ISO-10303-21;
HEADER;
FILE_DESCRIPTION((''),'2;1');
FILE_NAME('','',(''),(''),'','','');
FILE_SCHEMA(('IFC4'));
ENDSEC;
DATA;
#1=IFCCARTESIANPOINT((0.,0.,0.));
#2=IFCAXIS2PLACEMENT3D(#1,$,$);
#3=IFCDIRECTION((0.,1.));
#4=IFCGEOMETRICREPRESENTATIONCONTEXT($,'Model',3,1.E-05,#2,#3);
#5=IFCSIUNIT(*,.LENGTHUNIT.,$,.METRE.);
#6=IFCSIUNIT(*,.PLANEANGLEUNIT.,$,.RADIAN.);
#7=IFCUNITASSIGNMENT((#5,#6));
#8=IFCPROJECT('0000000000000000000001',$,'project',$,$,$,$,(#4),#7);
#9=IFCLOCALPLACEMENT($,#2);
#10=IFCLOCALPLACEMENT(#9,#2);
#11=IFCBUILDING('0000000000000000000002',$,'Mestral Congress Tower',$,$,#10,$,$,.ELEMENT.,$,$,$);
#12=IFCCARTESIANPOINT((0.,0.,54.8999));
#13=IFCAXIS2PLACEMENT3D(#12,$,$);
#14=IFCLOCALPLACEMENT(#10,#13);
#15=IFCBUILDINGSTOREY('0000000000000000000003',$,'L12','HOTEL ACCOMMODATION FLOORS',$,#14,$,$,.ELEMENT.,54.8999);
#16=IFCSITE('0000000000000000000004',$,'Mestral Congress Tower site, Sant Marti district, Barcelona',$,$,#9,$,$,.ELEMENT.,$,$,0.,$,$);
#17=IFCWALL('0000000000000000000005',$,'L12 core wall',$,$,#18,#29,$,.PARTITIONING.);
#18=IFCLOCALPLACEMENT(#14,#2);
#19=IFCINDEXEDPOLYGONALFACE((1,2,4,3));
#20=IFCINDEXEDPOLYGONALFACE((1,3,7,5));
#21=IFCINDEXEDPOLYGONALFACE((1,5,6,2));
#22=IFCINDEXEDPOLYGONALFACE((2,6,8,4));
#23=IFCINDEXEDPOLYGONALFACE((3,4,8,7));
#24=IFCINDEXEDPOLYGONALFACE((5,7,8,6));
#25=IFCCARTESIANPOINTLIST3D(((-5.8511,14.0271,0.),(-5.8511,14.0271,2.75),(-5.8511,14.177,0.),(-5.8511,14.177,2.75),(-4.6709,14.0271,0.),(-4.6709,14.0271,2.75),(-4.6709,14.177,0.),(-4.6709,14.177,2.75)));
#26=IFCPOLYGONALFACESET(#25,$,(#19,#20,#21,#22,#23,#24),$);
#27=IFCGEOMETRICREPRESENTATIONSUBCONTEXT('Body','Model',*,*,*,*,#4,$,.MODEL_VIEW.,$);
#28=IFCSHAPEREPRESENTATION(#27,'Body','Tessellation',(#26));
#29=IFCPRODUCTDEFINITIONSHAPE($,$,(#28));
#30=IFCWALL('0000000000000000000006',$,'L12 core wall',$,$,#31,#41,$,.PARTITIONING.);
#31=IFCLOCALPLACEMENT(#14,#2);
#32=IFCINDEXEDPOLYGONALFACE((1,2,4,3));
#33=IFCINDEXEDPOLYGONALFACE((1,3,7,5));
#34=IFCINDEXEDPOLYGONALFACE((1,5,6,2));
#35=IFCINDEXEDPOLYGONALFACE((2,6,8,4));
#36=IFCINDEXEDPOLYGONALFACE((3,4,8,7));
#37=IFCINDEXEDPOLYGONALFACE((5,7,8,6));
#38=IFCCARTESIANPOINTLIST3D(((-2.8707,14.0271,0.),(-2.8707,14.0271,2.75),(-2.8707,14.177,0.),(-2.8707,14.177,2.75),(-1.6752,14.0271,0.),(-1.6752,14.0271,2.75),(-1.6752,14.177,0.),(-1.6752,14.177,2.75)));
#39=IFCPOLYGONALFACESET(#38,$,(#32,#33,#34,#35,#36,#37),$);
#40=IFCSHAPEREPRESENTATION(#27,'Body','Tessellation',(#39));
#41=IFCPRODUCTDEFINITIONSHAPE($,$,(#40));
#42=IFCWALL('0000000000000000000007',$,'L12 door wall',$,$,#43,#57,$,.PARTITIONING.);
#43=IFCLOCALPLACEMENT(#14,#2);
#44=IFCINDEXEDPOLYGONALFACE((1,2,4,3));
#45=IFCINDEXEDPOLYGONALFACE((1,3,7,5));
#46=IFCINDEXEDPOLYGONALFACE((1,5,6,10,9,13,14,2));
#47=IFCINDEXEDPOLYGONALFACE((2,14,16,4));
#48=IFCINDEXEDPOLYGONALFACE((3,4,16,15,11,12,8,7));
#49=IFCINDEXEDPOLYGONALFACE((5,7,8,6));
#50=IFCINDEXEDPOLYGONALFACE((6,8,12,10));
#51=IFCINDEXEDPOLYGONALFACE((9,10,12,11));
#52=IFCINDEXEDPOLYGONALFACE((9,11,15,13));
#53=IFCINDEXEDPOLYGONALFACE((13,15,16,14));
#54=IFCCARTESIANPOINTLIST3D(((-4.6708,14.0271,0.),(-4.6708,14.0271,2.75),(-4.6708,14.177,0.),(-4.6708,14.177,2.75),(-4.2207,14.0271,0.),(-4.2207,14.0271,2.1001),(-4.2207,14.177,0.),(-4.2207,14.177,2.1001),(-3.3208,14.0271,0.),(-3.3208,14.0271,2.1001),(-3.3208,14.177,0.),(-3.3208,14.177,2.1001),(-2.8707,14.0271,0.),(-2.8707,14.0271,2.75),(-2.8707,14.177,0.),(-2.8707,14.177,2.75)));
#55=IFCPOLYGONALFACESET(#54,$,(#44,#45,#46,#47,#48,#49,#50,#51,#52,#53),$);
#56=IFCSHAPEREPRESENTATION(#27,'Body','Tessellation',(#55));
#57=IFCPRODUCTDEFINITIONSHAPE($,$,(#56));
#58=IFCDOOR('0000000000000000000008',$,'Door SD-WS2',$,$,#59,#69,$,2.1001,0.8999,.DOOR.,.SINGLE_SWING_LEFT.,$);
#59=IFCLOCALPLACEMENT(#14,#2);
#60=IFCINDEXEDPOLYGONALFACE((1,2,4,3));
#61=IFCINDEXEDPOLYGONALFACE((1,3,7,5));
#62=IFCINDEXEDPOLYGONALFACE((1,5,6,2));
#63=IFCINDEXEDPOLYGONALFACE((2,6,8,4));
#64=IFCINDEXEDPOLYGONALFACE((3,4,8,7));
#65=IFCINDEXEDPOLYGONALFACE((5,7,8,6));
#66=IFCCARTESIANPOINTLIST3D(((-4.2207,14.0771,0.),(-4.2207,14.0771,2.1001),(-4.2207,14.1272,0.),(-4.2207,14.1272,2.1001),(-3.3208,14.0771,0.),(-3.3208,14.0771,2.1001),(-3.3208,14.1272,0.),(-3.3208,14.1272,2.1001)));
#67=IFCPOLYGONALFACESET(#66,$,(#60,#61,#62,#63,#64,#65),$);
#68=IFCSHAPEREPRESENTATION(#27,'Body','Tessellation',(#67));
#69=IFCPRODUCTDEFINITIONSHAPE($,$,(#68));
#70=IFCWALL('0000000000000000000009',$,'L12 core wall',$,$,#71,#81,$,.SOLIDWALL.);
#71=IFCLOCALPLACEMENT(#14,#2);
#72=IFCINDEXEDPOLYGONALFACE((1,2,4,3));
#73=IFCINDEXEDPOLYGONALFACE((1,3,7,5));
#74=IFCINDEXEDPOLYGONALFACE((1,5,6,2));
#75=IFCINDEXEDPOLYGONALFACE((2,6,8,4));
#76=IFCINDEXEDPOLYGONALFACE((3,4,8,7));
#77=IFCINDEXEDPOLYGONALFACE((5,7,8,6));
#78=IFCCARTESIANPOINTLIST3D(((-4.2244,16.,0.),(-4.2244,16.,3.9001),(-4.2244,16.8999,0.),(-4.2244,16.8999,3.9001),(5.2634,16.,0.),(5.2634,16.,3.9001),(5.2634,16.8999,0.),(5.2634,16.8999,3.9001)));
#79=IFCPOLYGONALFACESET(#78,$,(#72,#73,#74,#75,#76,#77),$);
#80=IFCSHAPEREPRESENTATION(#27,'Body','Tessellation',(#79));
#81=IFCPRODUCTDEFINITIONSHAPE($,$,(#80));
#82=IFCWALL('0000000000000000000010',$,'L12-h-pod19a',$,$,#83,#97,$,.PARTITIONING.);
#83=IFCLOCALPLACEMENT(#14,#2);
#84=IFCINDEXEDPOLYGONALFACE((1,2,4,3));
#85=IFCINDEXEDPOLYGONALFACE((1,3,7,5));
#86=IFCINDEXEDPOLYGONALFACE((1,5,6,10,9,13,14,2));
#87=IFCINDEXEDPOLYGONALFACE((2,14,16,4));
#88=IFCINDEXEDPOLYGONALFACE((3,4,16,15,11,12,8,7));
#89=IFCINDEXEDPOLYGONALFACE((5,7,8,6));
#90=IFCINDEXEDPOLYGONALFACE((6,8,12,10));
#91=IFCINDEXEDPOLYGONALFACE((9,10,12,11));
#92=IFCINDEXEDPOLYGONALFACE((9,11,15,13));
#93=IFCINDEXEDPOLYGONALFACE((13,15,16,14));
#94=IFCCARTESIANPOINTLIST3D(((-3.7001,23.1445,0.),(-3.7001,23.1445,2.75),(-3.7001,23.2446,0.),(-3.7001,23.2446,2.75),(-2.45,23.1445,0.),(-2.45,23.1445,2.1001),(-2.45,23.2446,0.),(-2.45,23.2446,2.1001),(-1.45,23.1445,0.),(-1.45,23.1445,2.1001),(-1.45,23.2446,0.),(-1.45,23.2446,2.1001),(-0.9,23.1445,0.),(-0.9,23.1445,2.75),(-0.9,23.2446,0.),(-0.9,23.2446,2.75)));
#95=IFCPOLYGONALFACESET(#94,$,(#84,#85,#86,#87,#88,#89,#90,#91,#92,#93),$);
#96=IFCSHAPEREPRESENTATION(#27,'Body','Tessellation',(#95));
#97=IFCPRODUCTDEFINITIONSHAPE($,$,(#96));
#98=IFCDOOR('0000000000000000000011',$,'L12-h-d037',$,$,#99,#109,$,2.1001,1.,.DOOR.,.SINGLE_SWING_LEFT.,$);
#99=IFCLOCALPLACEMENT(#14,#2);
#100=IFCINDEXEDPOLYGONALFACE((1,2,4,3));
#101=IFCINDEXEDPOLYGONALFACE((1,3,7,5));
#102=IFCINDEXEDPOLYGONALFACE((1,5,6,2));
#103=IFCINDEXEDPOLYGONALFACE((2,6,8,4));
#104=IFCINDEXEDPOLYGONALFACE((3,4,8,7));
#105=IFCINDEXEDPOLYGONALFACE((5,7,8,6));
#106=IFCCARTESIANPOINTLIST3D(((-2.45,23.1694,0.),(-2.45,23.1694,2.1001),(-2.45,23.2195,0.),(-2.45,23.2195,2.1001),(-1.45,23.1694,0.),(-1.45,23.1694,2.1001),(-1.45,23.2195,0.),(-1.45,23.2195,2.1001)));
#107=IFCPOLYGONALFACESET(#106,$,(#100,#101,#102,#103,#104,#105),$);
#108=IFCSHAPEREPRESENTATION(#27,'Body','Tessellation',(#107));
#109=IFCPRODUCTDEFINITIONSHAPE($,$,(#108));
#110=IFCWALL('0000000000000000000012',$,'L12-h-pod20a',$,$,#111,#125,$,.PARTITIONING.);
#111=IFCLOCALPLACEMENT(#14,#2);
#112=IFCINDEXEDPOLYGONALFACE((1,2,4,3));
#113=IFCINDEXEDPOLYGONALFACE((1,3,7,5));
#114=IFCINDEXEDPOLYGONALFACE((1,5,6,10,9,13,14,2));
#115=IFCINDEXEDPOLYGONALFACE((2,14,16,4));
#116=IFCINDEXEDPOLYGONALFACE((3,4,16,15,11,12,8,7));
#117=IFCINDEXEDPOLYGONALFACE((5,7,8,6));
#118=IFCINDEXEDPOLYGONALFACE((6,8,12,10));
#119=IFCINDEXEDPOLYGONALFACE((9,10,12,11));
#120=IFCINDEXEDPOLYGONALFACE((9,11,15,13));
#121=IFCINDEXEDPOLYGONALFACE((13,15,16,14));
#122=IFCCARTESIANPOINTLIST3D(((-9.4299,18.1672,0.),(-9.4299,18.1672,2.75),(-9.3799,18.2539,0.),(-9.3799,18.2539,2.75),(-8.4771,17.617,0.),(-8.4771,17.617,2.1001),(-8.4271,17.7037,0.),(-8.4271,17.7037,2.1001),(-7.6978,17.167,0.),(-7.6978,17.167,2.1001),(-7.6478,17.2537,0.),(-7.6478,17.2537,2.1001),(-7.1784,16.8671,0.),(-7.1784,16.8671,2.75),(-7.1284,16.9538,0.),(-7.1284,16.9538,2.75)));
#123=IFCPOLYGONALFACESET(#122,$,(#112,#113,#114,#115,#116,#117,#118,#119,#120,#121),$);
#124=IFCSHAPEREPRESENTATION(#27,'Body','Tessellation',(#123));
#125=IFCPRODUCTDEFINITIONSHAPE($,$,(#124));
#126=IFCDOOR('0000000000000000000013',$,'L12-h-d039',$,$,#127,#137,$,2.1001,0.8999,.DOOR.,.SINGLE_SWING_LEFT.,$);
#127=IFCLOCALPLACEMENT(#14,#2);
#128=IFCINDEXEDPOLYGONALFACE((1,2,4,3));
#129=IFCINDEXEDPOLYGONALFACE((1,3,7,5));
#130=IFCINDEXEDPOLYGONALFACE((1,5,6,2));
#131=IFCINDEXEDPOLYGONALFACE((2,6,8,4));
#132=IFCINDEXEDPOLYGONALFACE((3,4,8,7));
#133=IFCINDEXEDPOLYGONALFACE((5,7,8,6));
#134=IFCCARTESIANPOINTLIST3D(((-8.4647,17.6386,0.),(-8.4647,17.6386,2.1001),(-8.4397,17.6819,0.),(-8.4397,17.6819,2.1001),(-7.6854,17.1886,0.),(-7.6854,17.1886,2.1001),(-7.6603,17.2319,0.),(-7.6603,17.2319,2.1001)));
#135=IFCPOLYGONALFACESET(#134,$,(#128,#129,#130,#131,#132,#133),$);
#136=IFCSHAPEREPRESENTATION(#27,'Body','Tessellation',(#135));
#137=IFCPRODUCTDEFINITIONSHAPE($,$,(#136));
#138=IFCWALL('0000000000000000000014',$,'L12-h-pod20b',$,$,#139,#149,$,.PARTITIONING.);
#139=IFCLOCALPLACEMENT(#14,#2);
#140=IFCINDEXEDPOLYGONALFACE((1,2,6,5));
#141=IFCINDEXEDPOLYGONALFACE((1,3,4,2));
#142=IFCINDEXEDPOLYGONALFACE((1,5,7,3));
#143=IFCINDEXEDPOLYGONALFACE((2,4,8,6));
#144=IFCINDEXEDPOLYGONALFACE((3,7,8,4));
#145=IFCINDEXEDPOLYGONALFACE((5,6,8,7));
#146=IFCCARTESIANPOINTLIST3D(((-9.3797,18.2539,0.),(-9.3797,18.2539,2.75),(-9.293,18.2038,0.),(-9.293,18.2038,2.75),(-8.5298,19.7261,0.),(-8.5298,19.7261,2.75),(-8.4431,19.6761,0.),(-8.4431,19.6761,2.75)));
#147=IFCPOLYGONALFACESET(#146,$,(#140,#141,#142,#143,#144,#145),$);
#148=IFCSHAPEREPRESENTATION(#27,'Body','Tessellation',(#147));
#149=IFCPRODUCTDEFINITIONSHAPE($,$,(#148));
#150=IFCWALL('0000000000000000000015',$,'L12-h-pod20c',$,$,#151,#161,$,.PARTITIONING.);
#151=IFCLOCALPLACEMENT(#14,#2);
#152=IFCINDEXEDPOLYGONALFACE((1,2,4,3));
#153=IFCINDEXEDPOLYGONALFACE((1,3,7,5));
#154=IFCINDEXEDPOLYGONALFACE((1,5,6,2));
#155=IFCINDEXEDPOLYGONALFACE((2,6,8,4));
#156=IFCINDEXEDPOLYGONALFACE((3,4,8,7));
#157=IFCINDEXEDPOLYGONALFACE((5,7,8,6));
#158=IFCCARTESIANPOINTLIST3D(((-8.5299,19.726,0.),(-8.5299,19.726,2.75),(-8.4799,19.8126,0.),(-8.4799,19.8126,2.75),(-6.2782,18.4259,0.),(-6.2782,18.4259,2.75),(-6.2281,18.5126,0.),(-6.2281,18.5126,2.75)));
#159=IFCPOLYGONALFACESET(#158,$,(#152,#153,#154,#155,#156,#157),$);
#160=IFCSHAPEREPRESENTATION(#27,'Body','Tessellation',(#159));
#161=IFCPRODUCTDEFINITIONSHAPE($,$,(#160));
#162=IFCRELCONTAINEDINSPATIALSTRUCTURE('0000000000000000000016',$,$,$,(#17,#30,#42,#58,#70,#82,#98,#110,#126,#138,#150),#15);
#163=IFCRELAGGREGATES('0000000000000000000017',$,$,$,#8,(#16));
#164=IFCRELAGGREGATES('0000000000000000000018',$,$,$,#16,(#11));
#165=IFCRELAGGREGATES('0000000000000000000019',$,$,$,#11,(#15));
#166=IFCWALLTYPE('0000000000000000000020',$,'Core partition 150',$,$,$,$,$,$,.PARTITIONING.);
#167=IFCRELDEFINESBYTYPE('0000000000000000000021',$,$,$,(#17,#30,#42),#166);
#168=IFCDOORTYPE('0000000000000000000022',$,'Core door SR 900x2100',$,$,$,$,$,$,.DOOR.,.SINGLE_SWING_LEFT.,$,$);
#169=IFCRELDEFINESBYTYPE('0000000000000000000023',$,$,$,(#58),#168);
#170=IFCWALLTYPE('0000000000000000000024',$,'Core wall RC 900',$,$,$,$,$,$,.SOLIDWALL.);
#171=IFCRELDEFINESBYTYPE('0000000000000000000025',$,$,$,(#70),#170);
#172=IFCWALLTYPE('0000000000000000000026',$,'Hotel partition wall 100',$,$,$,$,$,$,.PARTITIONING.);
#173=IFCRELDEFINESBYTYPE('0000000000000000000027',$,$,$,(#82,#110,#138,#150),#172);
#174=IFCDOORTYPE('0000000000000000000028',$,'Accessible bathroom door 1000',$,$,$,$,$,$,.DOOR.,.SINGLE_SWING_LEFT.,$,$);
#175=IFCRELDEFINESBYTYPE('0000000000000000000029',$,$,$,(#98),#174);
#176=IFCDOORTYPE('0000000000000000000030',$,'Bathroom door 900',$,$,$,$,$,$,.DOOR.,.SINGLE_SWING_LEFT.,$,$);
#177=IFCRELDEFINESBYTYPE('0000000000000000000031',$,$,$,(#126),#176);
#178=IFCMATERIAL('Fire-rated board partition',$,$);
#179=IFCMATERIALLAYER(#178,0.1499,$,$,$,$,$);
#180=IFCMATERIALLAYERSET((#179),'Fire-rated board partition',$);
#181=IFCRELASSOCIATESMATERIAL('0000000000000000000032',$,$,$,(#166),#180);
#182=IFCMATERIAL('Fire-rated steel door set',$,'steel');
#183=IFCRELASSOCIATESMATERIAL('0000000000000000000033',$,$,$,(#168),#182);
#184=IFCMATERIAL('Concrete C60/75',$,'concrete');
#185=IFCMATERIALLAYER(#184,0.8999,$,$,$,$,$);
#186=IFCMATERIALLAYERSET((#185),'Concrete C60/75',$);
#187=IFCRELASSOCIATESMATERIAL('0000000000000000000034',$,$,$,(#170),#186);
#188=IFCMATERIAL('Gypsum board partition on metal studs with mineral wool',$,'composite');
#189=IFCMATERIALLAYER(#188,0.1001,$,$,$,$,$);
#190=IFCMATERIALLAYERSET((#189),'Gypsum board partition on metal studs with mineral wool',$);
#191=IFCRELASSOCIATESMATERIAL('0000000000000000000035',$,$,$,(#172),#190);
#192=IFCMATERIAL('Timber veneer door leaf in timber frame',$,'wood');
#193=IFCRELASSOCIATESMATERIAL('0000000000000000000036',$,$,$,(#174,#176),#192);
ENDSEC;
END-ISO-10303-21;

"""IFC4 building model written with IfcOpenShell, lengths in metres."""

from ifc_helpers import new_model, si_unit, direction, frame, frame_2d, origin, place, context, subcontext, project, spatial, rectangle, extrude, material, layer, layer_set, type_object, element, fill, save


model = new_model("IFC4")

# Units and contexts
model_context = context("Model", 3, precision=1e-05, world=origin(), true_north=direction((0.0, 1.0)))
body_context = subcontext(model_context, "Body", "Model", "MODEL_VIEW")
ifc_project = project(units=[si_unit("LENGTHUNIT", "METRE"), si_unit("PLANEANGLEUNIT", "RADIAN")], contexts=[model_context])

# Site, building, storey
site_placement = place(None, origin())
site = spatial("IfcSite", under=ifc_project, at=site_placement, Name="Mestral Congress Tower site, Sant Marti district, Barcelona", CompositionType="ELEMENT", RefElevation=0.0)
building_placement = place(site_placement, origin())
building = spatial("IfcBuilding", under=site, at=building_placement, Name="Mestral Congress Tower", CompositionType="ELEMENT")
storey_placement = place(building_placement, frame((0.0, 0.0, 54.8999)))
storey = spatial("IfcBuildingStorey", under=building, at=storey_placement, Name="L12", Description="HOTEL ACCOMMODATION FLOORS", CompositionType="ELEMENT", Elevation=54.8999)

# Walls
ifc_material_1 = material(Name="Fire-rated board partition")
ifc_layer_1 = layer(ifc_material_1, 0.1499)
ifc_layer_set_1 = layer_set([ifc_layer_1], Name="Fire-rated board partition")
wall_type_1 = type_object("IfcWallType", Name="Core partition 150", PredefinedType="PARTITIONING", material=ifc_layer_set_1)
wall_1_placement = place(storey_placement, frame((-5.8511, 14.1021, 0.0), z_axis=(0.0, 0.0, 1.0), x_axis=(1.0, 0.0, 0.0)))
element("IfcWall", 1, at=wall_1_placement, inside=storey, type_object=wall_type_1, Name="L12 core wall", PredefinedType="PARTITIONING", context=body_context, shape_type="SweptSolid", body=[
    extrude(rectangle(XDim=1.1802, YDim=0.1499, at=frame_2d((0.5901, 0.0))), origin(), (0.0, 0.0, 1.0), 2.75),
])
wall_2_placement = place(storey_placement, frame((-2.8706, 14.1021, 0.0), z_axis=(0.0, 0.0, 1.0), x_axis=(1.0, 0.0, 0.0)))
element("IfcWall", 2, at=wall_2_placement, inside=storey, type_object=wall_type_1, Name="L12 core wall", PredefinedType="PARTITIONING", context=body_context, shape_type="SweptSolid", body=[
    extrude(rectangle(XDim=1.1956, YDim=0.1499, at=frame_2d((0.5977, 0.0))), origin(), (0.0, 0.0, 1.0), 2.75),
])

# Wall, opening, door
wall_3_placement = place(storey_placement, frame((-2.8708, 14.1021, 0.0), z_axis=(0.0, 0.0, 1.0), x_axis=(-1.0, 0.0, 0.0)))
wall_3 = element("IfcWall", 3, at=wall_3_placement, inside=storey, type_object=wall_type_1, Name="L12 door wall", PredefinedType="PARTITIONING", context=body_context, shape_type="SweptSolid", body=[
    extrude(rectangle(XDim=1.8, YDim=0.1499, at=frame_2d((0.8999, 0.0))), origin(), (0.0, 0.0, 1.0), 2.75),
])
opening_1_placement = place(wall_3_placement, frame((0.45, 0.0, 0.0)))
opening_1 = element("IfcOpeningElement", 4, at=opening_1_placement, cuts=wall_3, PredefinedType="OPENING", context=body_context, shape_type="SweptSolid", body=[
    extrude(rectangle(XDim=0.8999, YDim=2.1001, at=frame_2d((0.45, 1.05))), frame((0.0, 0.085, 0.0), z_axis=(0.0, -1.0, 0.0), x_axis=(1.0, 0.0, 0.0)), (0.0, 0.0, 1.0), 0.1699),
])
ifc_material_2 = material(Name="Fire-rated steel door set", Category="steel")
door_type_1 = type_object("IfcDoorType", Name="Core door SR 900x2100", OperationType="SINGLE_SWING_LEFT", PredefinedType="DOOR", material=ifc_material_2)
door_1_placement = place(opening_1_placement, origin())
door_1 = element("IfcDoor", 5, at=door_1_placement, inside=storey, type_object=door_type_1, Name="Door SD-WS2", OperationType="SINGLE_SWING_LEFT", OverallHeight=2.1001, OverallWidth=0.8999, PredefinedType="DOOR", context=body_context, shape_type="SweptSolid", body=[
    extrude(rectangle(XDim=0.8999, YDim=2.1001, at=frame_2d((0.45, 1.05))), frame((0.0, 0.0249, 0.0), z_axis=(0.0, -1.0, 0.0), x_axis=(1.0, 0.0, 0.0)), (0.0, 0.0, 1.0), 0.05),
])
fill(opening_1, door_1)

# Wall
ifc_material_3 = material(Name="Concrete C60/75", Category="concrete")
ifc_layer_2 = layer(ifc_material_3, 0.8999)
ifc_layer_set_2 = layer_set([ifc_layer_2], Name="Concrete C60/75")
wall_type_2 = type_object("IfcWallType", Name="Core wall RC 900", PredefinedType="SOLIDWALL", material=ifc_layer_set_2)
wall_4_placement = place(storey_placement, frame((-4.2244, 16.45, 0.0), z_axis=(0.0, 0.0, 1.0), x_axis=(1.0, 0.0, 0.0)))
element("IfcWall", 6, at=wall_4_placement, inside=storey, type_object=wall_type_2, Name="L12 core wall", PredefinedType="SOLIDWALL", context=body_context, shape_type="SweptSolid", body=[
    extrude(rectangle(XDim=9.4878, YDim=0.8999, at=frame_2d((4.7439, 0.0))), origin(), (0.0, 0.0, 1.0), 3.9001),
])

# Walls, openings, doors
ifc_material_4 = material(Name="Gypsum board partition on metal studs with mineral wool", Category="composite")
ifc_layer_3 = layer(ifc_material_4, 0.1001)
ifc_layer_set_3 = layer_set([ifc_layer_3], Name="Gypsum board partition on metal studs with mineral wool")
wall_type_3 = type_object("IfcWallType", Name="Hotel partition wall 100", PredefinedType="PARTITIONING", material=ifc_layer_set_3)
wall_5_placement = place(storey_placement, frame((-3.7, 23.1946, 0.0), z_axis=(0.0, 0.0, 1.0), x_axis=(1.0, 0.0, 0.0)))
wall_5 = element("IfcWall", 7, at=wall_5_placement, inside=storey, type_object=wall_type_3, Name="L12-h-pod19a", PredefinedType="PARTITIONING", context=body_context, shape_type="SweptSolid", body=[
    extrude(rectangle(XDim=2.8, YDim=0.1001, at=frame_2d((1.3999, 0.0))), origin(), (0.0, 0.0, 1.0), 2.75),
])
opening_2_placement = place(wall_5_placement, frame((1.25, 0.0, 0.0)))
opening_2 = element("IfcOpeningElement", 8, at=opening_2_placement, cuts=wall_5, PredefinedType="OPENING", context=body_context, shape_type="SweptSolid", body=[
    extrude(rectangle(XDim=1.0, YDim=2.1001, at=frame_2d((0.5, 1.05))), frame((0.0, 0.0601, 0.0), z_axis=(0.0, -1.0, 0.0), x_axis=(1.0, 0.0, 0.0)), (0.0, 0.0, 1.0), 0.1201),
])
ifc_material_5 = material(Name="Timber veneer door leaf in timber frame", Category="wood")
door_type_2 = type_object("IfcDoorType", Name="Accessible bathroom door 1000", OperationType="SINGLE_SWING_LEFT", PredefinedType="DOOR", material=ifc_material_5)
door_2_placement = place(opening_2_placement, origin())
door_2 = element("IfcDoor", 9, at=door_2_placement, inside=storey, type_object=door_type_2, Name="L12-h-d037", OperationType="SINGLE_SWING_LEFT", OverallHeight=2.1001, OverallWidth=1.0, PredefinedType="DOOR", context=body_context, shape_type="SweptSolid", body=[
    extrude(rectangle(XDim=1.0, YDim=2.1001, at=frame_2d((0.5, 1.05))), frame((0.0, 0.0249, 0.0), z_axis=(0.0, -1.0, 0.0), x_axis=(1.0, 0.0, 0.0)), (0.0, 0.0, 1.0), 0.05),
])
fill(opening_2, door_2)
wall_6_placement = place(storey_placement, frame((-9.4048, 18.2104, 0.0), z_axis=(0.0, 0.0, 1.0), x_axis=(0.865998, -0.500048, 0.0)))
wall_6 = element("IfcWall", 10, at=wall_6_placement, inside=storey, type_object=wall_type_3, Name="L12-h-pod20a", PredefinedType="PARTITIONING", context=body_context, shape_type="SweptSolid", body=[
    extrude(rectangle(XDim=2.5999, YDim=0.1001, at=frame_2d((1.2998, 0.0))), origin(), (0.0, 0.0, 1.0), 2.75),
])
opening_3_placement = place(wall_6_placement, frame((1.1001, 0.0, 0.0)))
opening_3 = element("IfcOpeningElement", 11, at=opening_3_placement, cuts=wall_6, PredefinedType="OPENING", context=body_context, shape_type="SweptSolid", body=[
    extrude(rectangle(XDim=0.8999, YDim=2.1001, at=frame_2d((0.45, 1.05))), frame((0.0, 0.0601, 0.0), z_axis=(0.0, -1.0, 0.0), x_axis=(1.0, 0.0, 0.0)), (0.0, 0.0, 1.0), 0.1201),
])
door_type_3 = type_object("IfcDoorType", Name="Bathroom door 900", OperationType="SINGLE_SWING_LEFT", PredefinedType="DOOR", material=ifc_material_5)
door_3_placement = place(opening_3_placement, origin())
door_3 = element("IfcDoor", 12, at=door_3_placement, inside=storey, type_object=door_type_3, Name="L12-h-d039", OperationType="SINGLE_SWING_LEFT", OverallHeight=2.1001, OverallWidth=0.8999, PredefinedType="DOOR", context=body_context, shape_type="SweptSolid", body=[
    extrude(rectangle(XDim=0.8999, YDim=2.1001, at=frame_2d((0.45, 1.05))), frame((0.0, 0.0249, 0.0), z_axis=(0.0, -1.0, 0.0), x_axis=(1.0, 0.0, 0.0)), (0.0, 0.0, 1.0), 0.05),
])
fill(opening_3, door_3)

# Walls
wall_7_placement = place(storey_placement, frame((-9.3364, 18.2288, 0.0), z_axis=(0.0, 0.0, 1.0), x_axis=(0.499955, 0.866052, 0.0)))
element("IfcWall", 13, at=wall_7_placement, inside=storey, type_object=wall_type_3, Name="L12-h-pod20b", PredefinedType="PARTITIONING", context=body_context, shape_type="SweptSolid", body=[
    extrude(rectangle(XDim=1.7, YDim=0.1001, at=frame_2d((0.8501, 0.0))), origin(), (0.0, 0.0, 1.0), 2.75),
])
wall_8_placement = place(storey_placement, frame((-6.2532, 18.4692, 0.0), z_axis=(0.0, 0.0, 1.0), x_axis=(-0.866021, 0.500007, 0.0)))
element("IfcWall", 14, at=wall_8_placement, inside=storey, type_object=wall_type_3, Name="L12-h-pod20c", PredefinedType="PARTITIONING", context=body_context, shape_type="SweptSolid", body=[
    extrude(rectangle(XDim=2.6001, YDim=0.1001, at=frame_2d((1.3, 0.0))), origin(), (0.0, 0.0, 1.0), 2.75),
])

save(model, "model.ifc")
